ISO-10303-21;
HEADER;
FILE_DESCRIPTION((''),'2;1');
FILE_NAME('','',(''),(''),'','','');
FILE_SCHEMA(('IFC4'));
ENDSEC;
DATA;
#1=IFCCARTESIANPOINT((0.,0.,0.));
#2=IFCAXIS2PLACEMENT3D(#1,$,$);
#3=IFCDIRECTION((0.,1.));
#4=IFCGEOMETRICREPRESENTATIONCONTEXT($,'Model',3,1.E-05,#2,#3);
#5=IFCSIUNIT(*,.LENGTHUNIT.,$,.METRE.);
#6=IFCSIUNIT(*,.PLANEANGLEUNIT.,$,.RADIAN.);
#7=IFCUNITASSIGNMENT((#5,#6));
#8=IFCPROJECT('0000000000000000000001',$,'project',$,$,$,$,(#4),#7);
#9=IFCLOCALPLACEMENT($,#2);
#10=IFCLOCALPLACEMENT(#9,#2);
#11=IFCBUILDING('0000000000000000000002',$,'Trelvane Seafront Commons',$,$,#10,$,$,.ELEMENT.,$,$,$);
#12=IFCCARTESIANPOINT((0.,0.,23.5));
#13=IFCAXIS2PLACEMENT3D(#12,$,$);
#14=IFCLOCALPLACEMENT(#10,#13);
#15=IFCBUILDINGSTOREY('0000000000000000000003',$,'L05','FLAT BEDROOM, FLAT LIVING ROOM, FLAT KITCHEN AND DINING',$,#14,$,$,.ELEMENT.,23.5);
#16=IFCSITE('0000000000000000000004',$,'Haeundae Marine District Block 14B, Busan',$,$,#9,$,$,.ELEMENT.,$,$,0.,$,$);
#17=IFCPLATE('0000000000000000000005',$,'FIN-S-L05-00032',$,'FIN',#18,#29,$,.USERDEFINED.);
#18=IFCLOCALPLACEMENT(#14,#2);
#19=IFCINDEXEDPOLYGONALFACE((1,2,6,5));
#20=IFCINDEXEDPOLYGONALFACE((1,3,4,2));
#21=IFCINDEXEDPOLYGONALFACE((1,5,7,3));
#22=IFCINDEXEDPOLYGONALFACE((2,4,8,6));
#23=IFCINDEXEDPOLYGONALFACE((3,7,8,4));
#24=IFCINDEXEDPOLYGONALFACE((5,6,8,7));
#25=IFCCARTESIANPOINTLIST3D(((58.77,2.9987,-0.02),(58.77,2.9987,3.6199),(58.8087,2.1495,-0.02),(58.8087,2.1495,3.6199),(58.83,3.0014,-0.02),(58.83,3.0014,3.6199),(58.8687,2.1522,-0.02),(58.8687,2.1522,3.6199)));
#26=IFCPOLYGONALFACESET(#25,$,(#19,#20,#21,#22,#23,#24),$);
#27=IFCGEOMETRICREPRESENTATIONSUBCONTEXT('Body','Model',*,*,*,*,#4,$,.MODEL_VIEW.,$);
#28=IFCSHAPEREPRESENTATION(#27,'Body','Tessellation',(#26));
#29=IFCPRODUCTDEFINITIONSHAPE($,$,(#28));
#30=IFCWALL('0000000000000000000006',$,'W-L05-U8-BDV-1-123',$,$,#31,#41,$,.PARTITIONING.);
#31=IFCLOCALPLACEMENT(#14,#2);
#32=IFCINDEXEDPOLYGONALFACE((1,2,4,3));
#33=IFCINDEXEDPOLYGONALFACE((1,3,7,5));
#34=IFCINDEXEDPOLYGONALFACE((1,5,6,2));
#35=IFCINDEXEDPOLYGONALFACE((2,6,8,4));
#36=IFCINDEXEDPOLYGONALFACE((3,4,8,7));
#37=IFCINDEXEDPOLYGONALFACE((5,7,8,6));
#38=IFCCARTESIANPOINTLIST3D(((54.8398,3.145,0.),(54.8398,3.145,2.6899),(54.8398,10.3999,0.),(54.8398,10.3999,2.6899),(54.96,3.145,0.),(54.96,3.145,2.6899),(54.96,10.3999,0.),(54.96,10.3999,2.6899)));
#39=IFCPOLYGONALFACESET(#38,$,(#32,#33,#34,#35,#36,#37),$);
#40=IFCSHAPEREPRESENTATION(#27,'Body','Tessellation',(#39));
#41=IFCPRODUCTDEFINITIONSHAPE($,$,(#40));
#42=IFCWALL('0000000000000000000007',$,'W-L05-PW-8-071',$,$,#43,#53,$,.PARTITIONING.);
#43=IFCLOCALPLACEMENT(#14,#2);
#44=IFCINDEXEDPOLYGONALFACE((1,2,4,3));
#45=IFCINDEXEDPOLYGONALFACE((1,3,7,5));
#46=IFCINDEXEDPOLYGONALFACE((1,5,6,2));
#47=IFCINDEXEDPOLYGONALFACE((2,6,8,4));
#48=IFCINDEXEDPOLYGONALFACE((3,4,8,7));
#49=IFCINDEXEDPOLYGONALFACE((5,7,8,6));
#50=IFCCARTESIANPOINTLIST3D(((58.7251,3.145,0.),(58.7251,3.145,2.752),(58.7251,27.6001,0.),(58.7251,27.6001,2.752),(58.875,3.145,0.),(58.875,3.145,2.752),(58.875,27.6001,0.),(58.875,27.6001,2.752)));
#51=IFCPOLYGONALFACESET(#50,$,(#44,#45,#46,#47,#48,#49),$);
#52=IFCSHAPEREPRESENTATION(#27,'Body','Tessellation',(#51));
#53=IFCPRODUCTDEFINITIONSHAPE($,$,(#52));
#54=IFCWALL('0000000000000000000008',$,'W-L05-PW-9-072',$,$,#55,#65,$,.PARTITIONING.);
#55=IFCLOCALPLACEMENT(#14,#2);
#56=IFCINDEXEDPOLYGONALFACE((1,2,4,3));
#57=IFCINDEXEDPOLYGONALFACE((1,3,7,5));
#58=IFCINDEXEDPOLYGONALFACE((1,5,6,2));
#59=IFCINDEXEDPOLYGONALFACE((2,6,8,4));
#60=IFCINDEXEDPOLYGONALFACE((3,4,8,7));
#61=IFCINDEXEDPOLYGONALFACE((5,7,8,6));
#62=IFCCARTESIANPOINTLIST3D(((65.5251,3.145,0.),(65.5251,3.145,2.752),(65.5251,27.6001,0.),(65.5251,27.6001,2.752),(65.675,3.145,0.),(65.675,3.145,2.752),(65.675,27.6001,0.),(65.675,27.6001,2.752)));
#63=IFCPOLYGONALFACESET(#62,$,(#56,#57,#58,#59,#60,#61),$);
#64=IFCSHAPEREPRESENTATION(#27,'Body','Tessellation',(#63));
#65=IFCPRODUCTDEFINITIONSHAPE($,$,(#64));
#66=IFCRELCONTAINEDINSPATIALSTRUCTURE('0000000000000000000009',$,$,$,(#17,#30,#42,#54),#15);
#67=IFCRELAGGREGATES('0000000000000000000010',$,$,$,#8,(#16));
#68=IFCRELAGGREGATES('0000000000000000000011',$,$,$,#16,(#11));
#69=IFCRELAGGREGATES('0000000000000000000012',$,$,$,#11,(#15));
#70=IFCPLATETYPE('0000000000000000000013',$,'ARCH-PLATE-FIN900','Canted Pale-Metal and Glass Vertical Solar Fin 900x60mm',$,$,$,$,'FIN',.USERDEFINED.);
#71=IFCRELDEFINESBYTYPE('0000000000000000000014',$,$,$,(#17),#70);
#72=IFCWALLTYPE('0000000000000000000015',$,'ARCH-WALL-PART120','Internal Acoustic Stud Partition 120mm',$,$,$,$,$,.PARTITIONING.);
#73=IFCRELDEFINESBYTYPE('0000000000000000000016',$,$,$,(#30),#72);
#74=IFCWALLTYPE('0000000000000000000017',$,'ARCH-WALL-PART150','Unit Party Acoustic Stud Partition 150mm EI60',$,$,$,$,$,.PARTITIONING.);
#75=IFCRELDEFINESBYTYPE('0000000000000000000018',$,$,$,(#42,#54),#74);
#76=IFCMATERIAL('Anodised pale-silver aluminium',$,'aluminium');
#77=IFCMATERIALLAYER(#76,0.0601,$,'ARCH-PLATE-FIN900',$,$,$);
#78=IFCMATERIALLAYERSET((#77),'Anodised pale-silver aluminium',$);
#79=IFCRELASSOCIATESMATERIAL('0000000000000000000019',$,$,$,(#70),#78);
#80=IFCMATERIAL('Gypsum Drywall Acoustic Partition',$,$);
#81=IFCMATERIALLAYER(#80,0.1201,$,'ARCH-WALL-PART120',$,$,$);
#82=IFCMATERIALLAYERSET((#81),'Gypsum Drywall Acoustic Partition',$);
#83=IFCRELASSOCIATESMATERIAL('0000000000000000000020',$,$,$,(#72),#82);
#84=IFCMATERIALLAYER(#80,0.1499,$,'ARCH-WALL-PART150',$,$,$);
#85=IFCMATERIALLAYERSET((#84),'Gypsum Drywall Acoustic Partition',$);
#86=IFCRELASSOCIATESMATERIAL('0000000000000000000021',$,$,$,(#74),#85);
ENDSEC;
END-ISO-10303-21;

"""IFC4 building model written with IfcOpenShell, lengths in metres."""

from ifc_helpers import new_model, si_unit, direction, frame, frame_2d, origin, origin_2d, place, context, subcontext, project, spatial, rectangle, extrude, source, transform, mapped, material, layer, layer_set, type_object, element, save


model = new_model("IFC4")

# Units and contexts
model_context = context("Model", 3, precision=1e-05, world=origin(), true_north=direction((0.0, 1.0)))
body_context = subcontext(model_context, "Body", "Model", "MODEL_VIEW")
ifc_project = project(units=[si_unit("LENGTHUNIT", "METRE"), si_unit("PLANEANGLEUNIT", "RADIAN")], contexts=[model_context])

# Site, building, storey
site_placement = place(None, origin())
site = spatial("IfcSite", under=ifc_project, at=site_placement, Name="Haeundae Marine District Block 14B, Busan", CompositionType="ELEMENT", RefElevation=0.0)
building_placement = place(site_placement, origin())
building = spatial("IfcBuilding", under=site, at=building_placement, Name="Trelvane Seafront Commons", CompositionType="ELEMENT")
storey_placement = place(building_placement, frame((0.0, 0.0, 23.5)))
storey = spatial("IfcBuildingStorey", under=building, at=storey_placement, Name="L05", Description="FLAT BEDROOM, FLAT LIVING ROOM, FLAT KITCHEN AND DINING", CompositionType="ELEMENT", Elevation=23.5)

# Plate
ifc_material_1 = material(Name="Anodised pale-silver aluminium", Category="aluminium")
ifc_layer_1 = layer(ifc_material_1, 0.0601, Name="ARCH-PLATE-FIN900")
ifc_layer_set_1 = layer_set([ifc_layer_1], Name="Anodised pale-silver aluminium")
plate_type = type_object("IfcPlateType", Name="ARCH-PLATE-FIN900", Description="Canted Pale-Metal and Glass Vertical Solar Fin 900x60mm", ElementType="FIN", PredefinedType="USERDEFINED", material=ifc_layer_set_1)
shared_shape_1 = source(origin(), body_context, "Body", "SweptSolid", [
    extrude(rectangle(XDim=0.8501, YDim=0.0601, at=origin_2d()), origin(), (0.0, 0.0, 1.0), 3.6399),
])
plate_placement = place(storey_placement, frame((58.8193, 2.5754, -0.02), z_axis=(0.0, 0.0, 1.0), x_axis=(0.04553, -0.998963, 0.0)))
element("IfcPlate", 1, at=plate_placement, inside=storey, type_object=plate_type, Name="FIN-S-L05-00032", ObjectType="FIN", PredefinedType="USERDEFINED", context=body_context, shape_type="MappedRepresentation", body=[
    mapped(shared_shape_1, transform((0.0, 0.0, 0.0), x_axis=(1.0, 0.0, 0.0), y_axis=(0.0, 1.0, 0.0), z_axis=(0.0, 0.0, 1.0), scale=1.0)),
])

# Shared definitions
ifc_material_2 = material(Name="Gypsum Drywall Acoustic Partition")
ifc_layer_2 = layer(ifc_material_2, 0.1201, Name="ARCH-WALL-PART120")
ifc_layer_set_2 = layer_set([ifc_layer_2], Name="Gypsum Drywall Acoustic Partition")
wall_type_1 = type_object("IfcWallType", Name="ARCH-WALL-PART120", Description="Internal Acoustic Stud Partition 120mm", PredefinedType="PARTITIONING", material=ifc_layer_set_2)

# Walls
wall_1_placement = place(storey_placement, frame((54.8999, 3.145, 0.0), z_axis=(0.0, 0.0, 1.0), x_axis=(0.0, 1.0, 0.0)))
element("IfcWall", 2, at=wall_1_placement, inside=storey, type_object=wall_type_1, Name="W-L05-U8-BDV-1-123", PredefinedType="PARTITIONING", context=body_context, shape_type="SweptSolid", body=[
    extrude(rectangle(XDim=7.2549, YDim=0.1201, at=frame_2d((3.6274, 0.0))), origin(), (0.0, 0.0, 1.0), 2.6899),
])
ifc_layer_3 = layer(ifc_material_2, 0.1499, Name="ARCH-WALL-PART150")
ifc_layer_set_3 = layer_set([ifc_layer_3], Name="Gypsum Drywall Acoustic Partition")
wall_type_2 = type_object("IfcWallType", Name="ARCH-WALL-PART150", Description="Unit Party Acoustic Stud Partition 150mm EI60", PredefinedType="PARTITIONING", material=ifc_layer_set_3)
for number, where, z_axis, x_axis, name in (
    (3, (58.8, 3.145, 0.0), (0.0, 0.0, 1.0), (0.0, 1.0, 0.0), "W-L05-PW-8-071"),
    (4, (65.6001, 3.145, 0.0), (0.0, 0.0, 1.0), (0.0, 1.0, 0.0), "W-L05-PW-9-072"),
):
    element("IfcWall", number, at=place(storey_placement, frame(where, z_axis=z_axis, x_axis=x_axis)), inside=storey, type_object=wall_type_2, Name=name, PredefinedType="PARTITIONING", context=body_context, shape_type="SweptSolid", body=[
        extrude(rectangle(XDim=24.4551, YDim=0.1499, at=frame_2d((12.2275, 0.0))), origin(), (0.0, 0.0, 1.0), 2.752),
    ])

save(model, "model.ifc")
